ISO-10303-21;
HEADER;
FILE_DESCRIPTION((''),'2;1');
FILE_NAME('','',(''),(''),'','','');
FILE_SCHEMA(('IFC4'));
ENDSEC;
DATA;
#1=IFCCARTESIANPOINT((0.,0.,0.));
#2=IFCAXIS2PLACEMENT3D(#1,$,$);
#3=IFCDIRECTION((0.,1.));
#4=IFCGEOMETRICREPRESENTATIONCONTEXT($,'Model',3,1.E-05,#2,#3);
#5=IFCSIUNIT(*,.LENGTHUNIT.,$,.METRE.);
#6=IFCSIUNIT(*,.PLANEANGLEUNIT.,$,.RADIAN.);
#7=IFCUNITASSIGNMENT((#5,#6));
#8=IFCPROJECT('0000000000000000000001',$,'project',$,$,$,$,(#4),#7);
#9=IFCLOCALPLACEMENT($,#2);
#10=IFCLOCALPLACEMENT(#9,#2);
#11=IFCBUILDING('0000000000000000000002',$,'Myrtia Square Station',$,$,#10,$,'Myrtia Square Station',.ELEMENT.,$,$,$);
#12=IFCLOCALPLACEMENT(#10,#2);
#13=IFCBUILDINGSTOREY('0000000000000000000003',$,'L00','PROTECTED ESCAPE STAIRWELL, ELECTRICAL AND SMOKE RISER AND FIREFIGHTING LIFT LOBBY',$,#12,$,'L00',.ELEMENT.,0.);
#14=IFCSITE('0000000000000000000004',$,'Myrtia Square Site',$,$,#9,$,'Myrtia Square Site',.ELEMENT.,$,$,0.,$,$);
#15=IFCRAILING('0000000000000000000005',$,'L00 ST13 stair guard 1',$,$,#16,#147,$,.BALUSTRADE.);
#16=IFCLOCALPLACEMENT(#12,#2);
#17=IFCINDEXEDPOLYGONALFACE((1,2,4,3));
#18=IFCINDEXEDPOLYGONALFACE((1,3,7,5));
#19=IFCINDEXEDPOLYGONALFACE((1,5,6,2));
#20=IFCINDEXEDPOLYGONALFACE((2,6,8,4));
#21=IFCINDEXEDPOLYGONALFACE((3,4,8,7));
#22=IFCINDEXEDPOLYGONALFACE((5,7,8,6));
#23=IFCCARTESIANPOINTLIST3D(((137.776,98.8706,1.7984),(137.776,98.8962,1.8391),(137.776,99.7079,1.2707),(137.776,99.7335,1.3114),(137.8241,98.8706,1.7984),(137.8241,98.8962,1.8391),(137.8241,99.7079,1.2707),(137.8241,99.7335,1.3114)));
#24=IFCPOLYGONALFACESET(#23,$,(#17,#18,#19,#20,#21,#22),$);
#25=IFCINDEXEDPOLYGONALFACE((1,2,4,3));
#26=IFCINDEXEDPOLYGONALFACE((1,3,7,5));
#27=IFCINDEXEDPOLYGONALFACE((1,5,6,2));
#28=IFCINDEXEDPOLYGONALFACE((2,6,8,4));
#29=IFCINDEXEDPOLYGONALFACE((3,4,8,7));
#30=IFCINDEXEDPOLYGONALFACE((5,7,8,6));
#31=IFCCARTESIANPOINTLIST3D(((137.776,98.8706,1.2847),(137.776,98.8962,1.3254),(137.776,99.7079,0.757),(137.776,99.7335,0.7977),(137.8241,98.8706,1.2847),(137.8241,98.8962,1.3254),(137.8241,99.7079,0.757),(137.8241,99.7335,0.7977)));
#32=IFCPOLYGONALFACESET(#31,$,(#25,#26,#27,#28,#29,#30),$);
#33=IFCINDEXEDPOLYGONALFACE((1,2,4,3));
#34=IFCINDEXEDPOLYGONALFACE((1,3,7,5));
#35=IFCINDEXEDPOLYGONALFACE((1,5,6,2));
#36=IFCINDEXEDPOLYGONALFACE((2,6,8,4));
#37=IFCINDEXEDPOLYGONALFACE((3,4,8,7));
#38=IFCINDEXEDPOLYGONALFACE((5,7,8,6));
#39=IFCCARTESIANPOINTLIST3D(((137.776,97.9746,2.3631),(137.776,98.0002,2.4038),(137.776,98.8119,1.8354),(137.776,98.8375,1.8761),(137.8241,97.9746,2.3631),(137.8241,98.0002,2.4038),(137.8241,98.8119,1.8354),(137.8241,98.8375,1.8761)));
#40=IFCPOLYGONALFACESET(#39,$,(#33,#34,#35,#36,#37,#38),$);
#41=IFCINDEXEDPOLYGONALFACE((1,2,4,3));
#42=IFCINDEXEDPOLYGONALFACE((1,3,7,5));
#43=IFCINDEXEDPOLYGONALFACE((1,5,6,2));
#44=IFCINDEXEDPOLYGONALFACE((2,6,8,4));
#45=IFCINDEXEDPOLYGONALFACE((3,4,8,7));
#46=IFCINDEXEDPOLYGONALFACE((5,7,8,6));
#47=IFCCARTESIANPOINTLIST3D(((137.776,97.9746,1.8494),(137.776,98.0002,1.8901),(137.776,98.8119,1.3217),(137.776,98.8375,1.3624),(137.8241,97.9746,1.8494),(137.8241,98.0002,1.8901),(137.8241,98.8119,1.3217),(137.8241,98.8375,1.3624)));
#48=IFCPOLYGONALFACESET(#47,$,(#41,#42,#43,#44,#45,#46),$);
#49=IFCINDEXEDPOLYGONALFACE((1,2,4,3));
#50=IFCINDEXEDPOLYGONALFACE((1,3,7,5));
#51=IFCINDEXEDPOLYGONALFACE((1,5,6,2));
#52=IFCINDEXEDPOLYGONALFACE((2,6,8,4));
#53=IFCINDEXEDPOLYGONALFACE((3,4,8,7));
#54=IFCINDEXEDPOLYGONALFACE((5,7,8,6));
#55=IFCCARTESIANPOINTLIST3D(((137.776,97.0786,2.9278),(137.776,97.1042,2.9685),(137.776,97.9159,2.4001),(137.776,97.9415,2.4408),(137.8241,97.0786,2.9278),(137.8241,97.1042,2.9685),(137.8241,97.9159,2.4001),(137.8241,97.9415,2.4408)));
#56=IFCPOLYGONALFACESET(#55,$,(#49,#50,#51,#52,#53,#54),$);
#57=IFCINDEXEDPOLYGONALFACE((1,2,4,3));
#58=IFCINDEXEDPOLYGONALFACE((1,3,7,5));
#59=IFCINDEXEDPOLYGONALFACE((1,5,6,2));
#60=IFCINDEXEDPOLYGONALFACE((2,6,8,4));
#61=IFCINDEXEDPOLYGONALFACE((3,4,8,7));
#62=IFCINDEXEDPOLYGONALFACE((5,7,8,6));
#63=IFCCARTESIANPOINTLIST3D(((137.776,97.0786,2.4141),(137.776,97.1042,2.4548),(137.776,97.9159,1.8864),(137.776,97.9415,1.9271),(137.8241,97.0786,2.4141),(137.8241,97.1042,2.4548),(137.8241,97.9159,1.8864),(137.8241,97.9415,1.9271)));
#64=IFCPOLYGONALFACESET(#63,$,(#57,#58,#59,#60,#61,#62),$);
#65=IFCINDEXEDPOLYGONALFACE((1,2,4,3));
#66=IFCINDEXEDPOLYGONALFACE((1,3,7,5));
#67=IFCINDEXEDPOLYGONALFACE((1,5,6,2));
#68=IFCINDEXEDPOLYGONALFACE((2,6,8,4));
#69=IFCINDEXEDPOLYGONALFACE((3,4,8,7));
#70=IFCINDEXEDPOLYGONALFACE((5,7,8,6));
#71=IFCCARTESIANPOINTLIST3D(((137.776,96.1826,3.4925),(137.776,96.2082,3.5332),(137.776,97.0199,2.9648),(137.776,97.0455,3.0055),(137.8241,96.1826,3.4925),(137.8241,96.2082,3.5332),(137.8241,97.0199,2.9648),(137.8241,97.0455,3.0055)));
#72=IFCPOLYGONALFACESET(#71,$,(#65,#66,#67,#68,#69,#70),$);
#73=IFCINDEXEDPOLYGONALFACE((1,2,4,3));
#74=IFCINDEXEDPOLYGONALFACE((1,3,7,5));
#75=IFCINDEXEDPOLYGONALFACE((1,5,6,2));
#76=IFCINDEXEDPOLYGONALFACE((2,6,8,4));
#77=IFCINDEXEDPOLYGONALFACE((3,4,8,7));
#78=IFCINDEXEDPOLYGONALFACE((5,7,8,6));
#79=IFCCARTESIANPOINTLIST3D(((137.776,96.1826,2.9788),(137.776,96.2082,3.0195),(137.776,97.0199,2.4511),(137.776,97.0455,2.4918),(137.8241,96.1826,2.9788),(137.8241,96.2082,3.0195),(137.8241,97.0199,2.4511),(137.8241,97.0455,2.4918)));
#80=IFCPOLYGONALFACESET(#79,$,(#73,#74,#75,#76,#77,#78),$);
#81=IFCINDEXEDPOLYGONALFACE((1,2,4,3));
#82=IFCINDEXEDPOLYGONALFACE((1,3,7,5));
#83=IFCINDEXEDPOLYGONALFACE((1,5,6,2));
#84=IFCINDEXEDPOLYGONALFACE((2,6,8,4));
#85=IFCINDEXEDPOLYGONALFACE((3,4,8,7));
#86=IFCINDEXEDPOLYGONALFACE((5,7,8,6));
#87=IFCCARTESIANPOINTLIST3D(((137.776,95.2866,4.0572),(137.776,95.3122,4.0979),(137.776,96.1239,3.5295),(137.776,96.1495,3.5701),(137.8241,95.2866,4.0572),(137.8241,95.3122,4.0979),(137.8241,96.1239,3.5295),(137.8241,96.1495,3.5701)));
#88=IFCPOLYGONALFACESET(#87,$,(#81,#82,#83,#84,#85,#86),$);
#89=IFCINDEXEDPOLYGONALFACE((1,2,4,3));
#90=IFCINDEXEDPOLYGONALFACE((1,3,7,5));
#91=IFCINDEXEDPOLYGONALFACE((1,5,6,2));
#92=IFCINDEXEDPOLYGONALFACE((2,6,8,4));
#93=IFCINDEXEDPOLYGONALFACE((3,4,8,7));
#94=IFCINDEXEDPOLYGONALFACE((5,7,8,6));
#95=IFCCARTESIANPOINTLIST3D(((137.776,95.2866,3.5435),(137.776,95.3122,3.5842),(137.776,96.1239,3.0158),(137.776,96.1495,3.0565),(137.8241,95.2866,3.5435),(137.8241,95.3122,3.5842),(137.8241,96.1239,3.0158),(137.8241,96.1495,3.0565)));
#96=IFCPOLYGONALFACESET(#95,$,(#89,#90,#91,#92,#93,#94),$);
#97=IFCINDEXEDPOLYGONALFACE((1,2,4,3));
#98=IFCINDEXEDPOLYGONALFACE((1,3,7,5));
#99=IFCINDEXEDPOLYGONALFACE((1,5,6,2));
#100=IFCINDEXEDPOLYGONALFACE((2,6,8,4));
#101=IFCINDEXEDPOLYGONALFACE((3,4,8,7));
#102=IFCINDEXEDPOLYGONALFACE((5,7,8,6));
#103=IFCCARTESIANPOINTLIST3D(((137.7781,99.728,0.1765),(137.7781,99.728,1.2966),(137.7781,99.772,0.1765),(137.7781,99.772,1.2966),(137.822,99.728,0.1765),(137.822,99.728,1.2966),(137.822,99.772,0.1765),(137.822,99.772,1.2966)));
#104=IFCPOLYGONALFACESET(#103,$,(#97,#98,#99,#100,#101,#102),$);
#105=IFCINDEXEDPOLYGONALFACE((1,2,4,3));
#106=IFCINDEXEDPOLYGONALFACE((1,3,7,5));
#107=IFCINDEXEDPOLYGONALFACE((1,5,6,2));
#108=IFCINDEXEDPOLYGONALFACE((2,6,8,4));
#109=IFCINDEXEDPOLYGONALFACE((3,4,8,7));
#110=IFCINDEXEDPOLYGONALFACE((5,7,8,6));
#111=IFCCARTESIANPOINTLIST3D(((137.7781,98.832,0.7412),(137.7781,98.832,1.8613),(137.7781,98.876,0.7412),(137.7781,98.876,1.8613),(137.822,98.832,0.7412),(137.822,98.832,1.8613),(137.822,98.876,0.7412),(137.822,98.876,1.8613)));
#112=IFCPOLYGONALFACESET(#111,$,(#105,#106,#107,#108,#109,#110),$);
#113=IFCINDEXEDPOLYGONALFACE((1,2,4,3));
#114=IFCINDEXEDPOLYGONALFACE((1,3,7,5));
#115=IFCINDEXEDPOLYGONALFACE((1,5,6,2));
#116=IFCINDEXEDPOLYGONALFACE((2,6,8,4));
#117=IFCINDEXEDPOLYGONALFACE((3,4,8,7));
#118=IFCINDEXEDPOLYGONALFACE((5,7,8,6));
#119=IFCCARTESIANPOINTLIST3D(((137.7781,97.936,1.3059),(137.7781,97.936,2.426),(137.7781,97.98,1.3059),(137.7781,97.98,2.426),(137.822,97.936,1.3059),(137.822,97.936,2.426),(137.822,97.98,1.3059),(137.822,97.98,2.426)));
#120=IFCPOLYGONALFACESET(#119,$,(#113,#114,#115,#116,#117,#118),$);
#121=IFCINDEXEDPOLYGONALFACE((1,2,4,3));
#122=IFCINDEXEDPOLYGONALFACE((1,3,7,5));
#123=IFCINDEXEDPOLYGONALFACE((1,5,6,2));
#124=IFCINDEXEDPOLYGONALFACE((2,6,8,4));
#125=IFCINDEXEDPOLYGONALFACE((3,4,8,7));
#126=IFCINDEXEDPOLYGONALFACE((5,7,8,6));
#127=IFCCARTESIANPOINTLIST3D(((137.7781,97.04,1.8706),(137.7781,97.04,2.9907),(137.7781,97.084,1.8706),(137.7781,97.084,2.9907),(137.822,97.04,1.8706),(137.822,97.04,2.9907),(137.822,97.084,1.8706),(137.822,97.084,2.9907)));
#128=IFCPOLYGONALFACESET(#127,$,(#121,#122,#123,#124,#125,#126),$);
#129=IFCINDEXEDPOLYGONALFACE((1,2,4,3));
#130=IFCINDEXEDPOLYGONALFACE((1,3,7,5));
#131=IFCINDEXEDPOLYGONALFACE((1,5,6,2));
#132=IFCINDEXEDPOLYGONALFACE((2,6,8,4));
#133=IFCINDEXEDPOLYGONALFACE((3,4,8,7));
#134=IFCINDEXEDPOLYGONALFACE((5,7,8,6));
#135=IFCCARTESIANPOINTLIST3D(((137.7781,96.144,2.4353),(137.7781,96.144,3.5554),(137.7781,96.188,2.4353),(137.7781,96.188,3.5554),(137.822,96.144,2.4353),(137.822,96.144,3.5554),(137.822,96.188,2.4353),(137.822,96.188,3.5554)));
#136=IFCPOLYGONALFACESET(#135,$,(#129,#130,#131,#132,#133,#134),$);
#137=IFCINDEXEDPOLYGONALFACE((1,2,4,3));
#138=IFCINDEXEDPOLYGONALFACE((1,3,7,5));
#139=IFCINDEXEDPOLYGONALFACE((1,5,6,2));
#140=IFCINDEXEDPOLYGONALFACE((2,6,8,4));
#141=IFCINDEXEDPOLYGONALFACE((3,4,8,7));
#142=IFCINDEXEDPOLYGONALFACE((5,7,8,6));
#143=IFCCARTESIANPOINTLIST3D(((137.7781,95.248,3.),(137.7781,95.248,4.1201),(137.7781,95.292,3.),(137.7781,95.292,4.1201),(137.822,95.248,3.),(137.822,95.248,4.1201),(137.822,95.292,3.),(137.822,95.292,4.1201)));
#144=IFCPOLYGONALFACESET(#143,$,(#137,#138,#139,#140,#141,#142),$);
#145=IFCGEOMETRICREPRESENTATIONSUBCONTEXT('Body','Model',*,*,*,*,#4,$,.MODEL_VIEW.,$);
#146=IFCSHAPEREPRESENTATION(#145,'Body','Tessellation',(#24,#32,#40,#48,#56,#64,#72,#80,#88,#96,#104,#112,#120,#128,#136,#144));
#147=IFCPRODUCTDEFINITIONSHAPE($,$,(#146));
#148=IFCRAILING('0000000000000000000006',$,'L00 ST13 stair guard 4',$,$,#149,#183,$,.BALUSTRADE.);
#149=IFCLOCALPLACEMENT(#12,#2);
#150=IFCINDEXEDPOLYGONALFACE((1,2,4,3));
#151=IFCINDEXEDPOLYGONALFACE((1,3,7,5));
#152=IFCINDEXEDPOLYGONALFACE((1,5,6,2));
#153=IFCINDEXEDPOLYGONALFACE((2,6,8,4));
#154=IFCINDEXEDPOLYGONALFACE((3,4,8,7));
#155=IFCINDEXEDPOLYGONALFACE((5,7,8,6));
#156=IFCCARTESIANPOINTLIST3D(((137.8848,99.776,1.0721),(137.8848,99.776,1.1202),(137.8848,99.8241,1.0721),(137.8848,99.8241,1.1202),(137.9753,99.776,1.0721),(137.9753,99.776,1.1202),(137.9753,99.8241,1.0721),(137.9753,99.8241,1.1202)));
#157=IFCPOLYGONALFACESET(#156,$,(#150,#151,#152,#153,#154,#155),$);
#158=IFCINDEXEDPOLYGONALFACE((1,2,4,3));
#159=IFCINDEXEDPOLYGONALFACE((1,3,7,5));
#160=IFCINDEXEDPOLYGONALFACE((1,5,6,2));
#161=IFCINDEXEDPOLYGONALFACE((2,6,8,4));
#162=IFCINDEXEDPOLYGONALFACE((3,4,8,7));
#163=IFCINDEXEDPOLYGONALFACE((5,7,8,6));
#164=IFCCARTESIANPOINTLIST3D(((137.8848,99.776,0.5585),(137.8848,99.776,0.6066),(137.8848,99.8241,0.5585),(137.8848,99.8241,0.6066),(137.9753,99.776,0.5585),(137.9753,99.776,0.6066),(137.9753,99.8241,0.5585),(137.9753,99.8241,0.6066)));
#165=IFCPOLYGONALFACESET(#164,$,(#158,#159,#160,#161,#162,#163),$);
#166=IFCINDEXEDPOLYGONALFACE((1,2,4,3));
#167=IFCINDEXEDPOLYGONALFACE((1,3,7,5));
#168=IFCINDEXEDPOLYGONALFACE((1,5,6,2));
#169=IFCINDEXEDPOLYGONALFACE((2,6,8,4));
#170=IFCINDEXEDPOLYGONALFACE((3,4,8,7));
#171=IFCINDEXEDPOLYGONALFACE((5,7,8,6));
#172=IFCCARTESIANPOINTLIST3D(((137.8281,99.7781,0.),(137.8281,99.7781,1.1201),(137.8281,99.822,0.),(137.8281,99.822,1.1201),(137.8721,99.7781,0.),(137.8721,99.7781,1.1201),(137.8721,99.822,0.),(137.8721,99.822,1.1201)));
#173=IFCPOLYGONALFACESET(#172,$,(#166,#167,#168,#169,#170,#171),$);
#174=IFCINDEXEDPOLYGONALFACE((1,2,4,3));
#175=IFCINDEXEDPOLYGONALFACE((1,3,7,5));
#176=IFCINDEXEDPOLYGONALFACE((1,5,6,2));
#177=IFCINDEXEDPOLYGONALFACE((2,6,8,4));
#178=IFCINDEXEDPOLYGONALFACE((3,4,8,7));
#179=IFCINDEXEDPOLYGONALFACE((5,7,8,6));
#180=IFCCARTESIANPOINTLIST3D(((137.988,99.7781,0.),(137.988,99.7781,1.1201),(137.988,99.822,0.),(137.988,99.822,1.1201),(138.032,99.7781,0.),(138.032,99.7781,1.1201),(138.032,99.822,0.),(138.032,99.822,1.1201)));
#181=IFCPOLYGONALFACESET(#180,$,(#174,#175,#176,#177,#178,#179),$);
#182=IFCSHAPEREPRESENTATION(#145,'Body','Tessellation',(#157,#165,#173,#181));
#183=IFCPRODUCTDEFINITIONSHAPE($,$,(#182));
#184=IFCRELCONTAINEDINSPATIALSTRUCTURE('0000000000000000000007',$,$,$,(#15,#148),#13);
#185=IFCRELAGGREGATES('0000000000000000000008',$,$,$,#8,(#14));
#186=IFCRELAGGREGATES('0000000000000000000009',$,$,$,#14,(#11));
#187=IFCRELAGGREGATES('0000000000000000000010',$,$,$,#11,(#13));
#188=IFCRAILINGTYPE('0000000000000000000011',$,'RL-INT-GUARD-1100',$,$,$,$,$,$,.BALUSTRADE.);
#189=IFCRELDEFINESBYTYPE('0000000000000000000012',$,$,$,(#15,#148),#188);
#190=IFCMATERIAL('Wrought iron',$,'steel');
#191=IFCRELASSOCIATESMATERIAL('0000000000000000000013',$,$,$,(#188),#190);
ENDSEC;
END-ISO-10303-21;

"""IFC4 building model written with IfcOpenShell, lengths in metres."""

from ifc_helpers import new_model, si_unit, direction, frame, origin, origin_2d, place, context, subcontext, project, spatial, rectangle, extrude, material, type_object, element, save


model = new_model("IFC4")

# Units and contexts
model_context = context("Model", 3, precision=1e-05, world=origin(), true_north=direction((0.0, 1.0)))
body_context = subcontext(model_context, "Body", "Model", "MODEL_VIEW")
ifc_project = project(units=[si_unit("LENGTHUNIT", "METRE"), si_unit("PLANEANGLEUNIT", "RADIAN")], contexts=[model_context])

# Site, building, storey
site_placement = place(None, origin())
site = spatial("IfcSite", under=ifc_project, at=site_placement, Name="Myrtia Square Site", LongName="Myrtia Square Site", CompositionType="ELEMENT", RefElevation=0.0)
building_placement = place(site_placement, origin())
building = spatial("IfcBuilding", under=site, at=building_placement, Name="Myrtia Square Station", LongName="Myrtia Square Station", CompositionType="ELEMENT")
storey_placement = place(building_placement, origin())
storey = spatial("IfcBuildingStorey", under=building, at=storey_placement, Name="L00", Description="PROTECTED ESCAPE STAIRWELL, ELECTRICAL AND SMOKE RISER AND FIREFIGHTING LIFT LOBBY", LongName="L00", CompositionType="ELEMENT", Elevation=0.0)

# Railings
ifc_material_1 = material(Name="Wrought iron", Category="steel")
railing_type_1 = type_object("IfcRailingType", Name="RL-INT-GUARD-1100", PredefinedType="BALUSTRADE", material=ifc_material_1)
railing_1_placement = place(storey_placement, frame((137.8, 99.75, 0.1765)))
element("IfcRailing", 1, at=railing_1_placement, inside=storey, type_object=railing_type_1, Name="L00 ST13 stair guard 1", PredefinedType="BALUSTRADE", context=body_context, shape_type="SweptSolid", body=[
    extrude(rectangle(XDim=0.0481, YDim=0.0481, at=origin_2d()), frame((0.0, -0.0293, 1.1145), z_axis=(0.0, -0.845998, 0.533186), x_axis=(1.0, 0.0, 0.0)), (0.0, 0.0, 1.0), 0.9897),
    extrude(rectangle(XDim=0.0481, YDim=0.0481, at=origin_2d()), frame((0.0, -0.0293, 0.6008), z_axis=(0.0, -0.845998, 0.533186), x_axis=(1.0, 0.0, 0.0)), (0.0, 0.0, 1.0), 0.9897),
    extrude(rectangle(XDim=0.0481, YDim=0.0481, at=origin_2d()), frame((0.0, -0.9253, 1.6792), z_axis=(0.0, -0.845998, 0.533186), x_axis=(1.0, 0.0, 0.0)), (0.0, 0.0, 1.0), 0.9897),
    extrude(rectangle(XDim=0.0481, YDim=0.0481, at=origin_2d()), frame((0.0, -0.9253, 1.1655), z_axis=(0.0, -0.845998, 0.533186), x_axis=(1.0, 0.0, 0.0)), (0.0, 0.0, 1.0), 0.9897),
    extrude(rectangle(XDim=0.0481, YDim=0.0481, at=origin_2d()), frame((0.0, -1.8213, 2.2439), z_axis=(0.0, -0.845998, 0.533186), x_axis=(1.0, 0.0, 0.0)), (0.0, 0.0, 1.0), 0.9897),
    extrude(rectangle(XDim=0.0481, YDim=0.0481, at=origin_2d()), frame((0.0, -1.8213, 1.7302), z_axis=(0.0, -0.845998, 0.533186), x_axis=(1.0, 0.0, 0.0)), (0.0, 0.0, 1.0), 0.9897),
    extrude(rectangle(XDim=0.0481, YDim=0.0481, at=origin_2d()), frame((0.0, -2.7173, 2.8086), z_axis=(0.0, -0.845998, 0.533186), x_axis=(1.0, 0.0, 0.0)), (0.0, 0.0, 1.0), 0.9897),
    extrude(rectangle(XDim=0.0481, YDim=0.0481, at=origin_2d()), frame((0.0, -2.7173, 2.2949), z_axis=(0.0, -0.845998, 0.533186), x_axis=(1.0, 0.0, 0.0)), (0.0, 0.0, 1.0), 0.9897),
    extrude(rectangle(XDim=0.0481, YDim=0.0481, at=origin_2d()), frame((0.0, -3.6133, 3.3733), z_axis=(0.0, -0.845998, 0.533186), x_axis=(1.0, 0.0, 0.0)), (0.0, 0.0, 1.0), 0.9897),
    extrude(rectangle(XDim=0.0481, YDim=0.0481, at=origin_2d()), frame((0.0, -3.6133, 2.8596), z_axis=(0.0, -0.845998, 0.533186), x_axis=(1.0, 0.0, 0.0)), (0.0, 0.0, 1.0), 0.9897),
    extrude(rectangle(XDim=0.0439, YDim=0.0439, at=origin_2d()), origin(), (0.0, 0.0, 1.0), 1.1201),
    extrude(rectangle(XDim=0.0439, YDim=0.0439, at=origin_2d()), frame((0.0, -0.896, 0.5647)), (0.0, 0.0, 1.0), 1.1201),
    extrude(rectangle(XDim=0.0439, YDim=0.0439, at=origin_2d()), frame((0.0, -1.792, 1.1294)), (0.0, 0.0, 1.0), 1.1201),
    extrude(rectangle(XDim=0.0439, YDim=0.0439, at=origin_2d()), frame((0.0, -2.688, 1.6941)), (0.0, 0.0, 1.0), 1.1201),
    extrude(rectangle(XDim=0.0439, YDim=0.0439, at=origin_2d()), frame((0.0, -3.584, 2.2588)), (0.0, 0.0, 1.0), 1.1201),
    extrude(rectangle(XDim=0.0439, YDim=0.0439, at=origin_2d()), frame((0.0, -4.48, 2.8235)), (0.0, 0.0, 1.0), 1.1201),
])
railing_2_placement = place(storey_placement, frame((137.8501, 99.8, 0.0)))
element("IfcRailing", 2, at=railing_2_placement, inside=storey, type_object=railing_type_1, Name="L00 ST13 stair guard 4", PredefinedType="BALUSTRADE", context=body_context, shape_type="SweptSolid", body=[
    extrude(rectangle(XDim=0.0481, YDim=0.0481, at=origin_2d()), frame((0.0347, 0.0, 1.0962), z_axis=(1.0, 0.0, 0.0), x_axis=(0.0, 1.0, 0.0)), (0.0, 0.0, 1.0), 0.0906),
    extrude(rectangle(XDim=0.0481, YDim=0.0481, at=origin_2d()), frame((0.0347, 0.0, 0.5825), z_axis=(1.0, 0.0, 0.0), x_axis=(0.0, 1.0, 0.0)), (0.0, 0.0, 1.0), 0.0906),
    extrude(rectangle(XDim=0.0439, YDim=0.0439, at=origin_2d()), origin(), (0.0, 0.0, 1.0), 1.1201),
    extrude(rectangle(XDim=0.0439, YDim=0.0439, at=origin_2d()), frame((0.1599, 0.0, 0.0)), (0.0, 0.0, 1.0), 1.1201),
])

save(model, "model.ifc")
